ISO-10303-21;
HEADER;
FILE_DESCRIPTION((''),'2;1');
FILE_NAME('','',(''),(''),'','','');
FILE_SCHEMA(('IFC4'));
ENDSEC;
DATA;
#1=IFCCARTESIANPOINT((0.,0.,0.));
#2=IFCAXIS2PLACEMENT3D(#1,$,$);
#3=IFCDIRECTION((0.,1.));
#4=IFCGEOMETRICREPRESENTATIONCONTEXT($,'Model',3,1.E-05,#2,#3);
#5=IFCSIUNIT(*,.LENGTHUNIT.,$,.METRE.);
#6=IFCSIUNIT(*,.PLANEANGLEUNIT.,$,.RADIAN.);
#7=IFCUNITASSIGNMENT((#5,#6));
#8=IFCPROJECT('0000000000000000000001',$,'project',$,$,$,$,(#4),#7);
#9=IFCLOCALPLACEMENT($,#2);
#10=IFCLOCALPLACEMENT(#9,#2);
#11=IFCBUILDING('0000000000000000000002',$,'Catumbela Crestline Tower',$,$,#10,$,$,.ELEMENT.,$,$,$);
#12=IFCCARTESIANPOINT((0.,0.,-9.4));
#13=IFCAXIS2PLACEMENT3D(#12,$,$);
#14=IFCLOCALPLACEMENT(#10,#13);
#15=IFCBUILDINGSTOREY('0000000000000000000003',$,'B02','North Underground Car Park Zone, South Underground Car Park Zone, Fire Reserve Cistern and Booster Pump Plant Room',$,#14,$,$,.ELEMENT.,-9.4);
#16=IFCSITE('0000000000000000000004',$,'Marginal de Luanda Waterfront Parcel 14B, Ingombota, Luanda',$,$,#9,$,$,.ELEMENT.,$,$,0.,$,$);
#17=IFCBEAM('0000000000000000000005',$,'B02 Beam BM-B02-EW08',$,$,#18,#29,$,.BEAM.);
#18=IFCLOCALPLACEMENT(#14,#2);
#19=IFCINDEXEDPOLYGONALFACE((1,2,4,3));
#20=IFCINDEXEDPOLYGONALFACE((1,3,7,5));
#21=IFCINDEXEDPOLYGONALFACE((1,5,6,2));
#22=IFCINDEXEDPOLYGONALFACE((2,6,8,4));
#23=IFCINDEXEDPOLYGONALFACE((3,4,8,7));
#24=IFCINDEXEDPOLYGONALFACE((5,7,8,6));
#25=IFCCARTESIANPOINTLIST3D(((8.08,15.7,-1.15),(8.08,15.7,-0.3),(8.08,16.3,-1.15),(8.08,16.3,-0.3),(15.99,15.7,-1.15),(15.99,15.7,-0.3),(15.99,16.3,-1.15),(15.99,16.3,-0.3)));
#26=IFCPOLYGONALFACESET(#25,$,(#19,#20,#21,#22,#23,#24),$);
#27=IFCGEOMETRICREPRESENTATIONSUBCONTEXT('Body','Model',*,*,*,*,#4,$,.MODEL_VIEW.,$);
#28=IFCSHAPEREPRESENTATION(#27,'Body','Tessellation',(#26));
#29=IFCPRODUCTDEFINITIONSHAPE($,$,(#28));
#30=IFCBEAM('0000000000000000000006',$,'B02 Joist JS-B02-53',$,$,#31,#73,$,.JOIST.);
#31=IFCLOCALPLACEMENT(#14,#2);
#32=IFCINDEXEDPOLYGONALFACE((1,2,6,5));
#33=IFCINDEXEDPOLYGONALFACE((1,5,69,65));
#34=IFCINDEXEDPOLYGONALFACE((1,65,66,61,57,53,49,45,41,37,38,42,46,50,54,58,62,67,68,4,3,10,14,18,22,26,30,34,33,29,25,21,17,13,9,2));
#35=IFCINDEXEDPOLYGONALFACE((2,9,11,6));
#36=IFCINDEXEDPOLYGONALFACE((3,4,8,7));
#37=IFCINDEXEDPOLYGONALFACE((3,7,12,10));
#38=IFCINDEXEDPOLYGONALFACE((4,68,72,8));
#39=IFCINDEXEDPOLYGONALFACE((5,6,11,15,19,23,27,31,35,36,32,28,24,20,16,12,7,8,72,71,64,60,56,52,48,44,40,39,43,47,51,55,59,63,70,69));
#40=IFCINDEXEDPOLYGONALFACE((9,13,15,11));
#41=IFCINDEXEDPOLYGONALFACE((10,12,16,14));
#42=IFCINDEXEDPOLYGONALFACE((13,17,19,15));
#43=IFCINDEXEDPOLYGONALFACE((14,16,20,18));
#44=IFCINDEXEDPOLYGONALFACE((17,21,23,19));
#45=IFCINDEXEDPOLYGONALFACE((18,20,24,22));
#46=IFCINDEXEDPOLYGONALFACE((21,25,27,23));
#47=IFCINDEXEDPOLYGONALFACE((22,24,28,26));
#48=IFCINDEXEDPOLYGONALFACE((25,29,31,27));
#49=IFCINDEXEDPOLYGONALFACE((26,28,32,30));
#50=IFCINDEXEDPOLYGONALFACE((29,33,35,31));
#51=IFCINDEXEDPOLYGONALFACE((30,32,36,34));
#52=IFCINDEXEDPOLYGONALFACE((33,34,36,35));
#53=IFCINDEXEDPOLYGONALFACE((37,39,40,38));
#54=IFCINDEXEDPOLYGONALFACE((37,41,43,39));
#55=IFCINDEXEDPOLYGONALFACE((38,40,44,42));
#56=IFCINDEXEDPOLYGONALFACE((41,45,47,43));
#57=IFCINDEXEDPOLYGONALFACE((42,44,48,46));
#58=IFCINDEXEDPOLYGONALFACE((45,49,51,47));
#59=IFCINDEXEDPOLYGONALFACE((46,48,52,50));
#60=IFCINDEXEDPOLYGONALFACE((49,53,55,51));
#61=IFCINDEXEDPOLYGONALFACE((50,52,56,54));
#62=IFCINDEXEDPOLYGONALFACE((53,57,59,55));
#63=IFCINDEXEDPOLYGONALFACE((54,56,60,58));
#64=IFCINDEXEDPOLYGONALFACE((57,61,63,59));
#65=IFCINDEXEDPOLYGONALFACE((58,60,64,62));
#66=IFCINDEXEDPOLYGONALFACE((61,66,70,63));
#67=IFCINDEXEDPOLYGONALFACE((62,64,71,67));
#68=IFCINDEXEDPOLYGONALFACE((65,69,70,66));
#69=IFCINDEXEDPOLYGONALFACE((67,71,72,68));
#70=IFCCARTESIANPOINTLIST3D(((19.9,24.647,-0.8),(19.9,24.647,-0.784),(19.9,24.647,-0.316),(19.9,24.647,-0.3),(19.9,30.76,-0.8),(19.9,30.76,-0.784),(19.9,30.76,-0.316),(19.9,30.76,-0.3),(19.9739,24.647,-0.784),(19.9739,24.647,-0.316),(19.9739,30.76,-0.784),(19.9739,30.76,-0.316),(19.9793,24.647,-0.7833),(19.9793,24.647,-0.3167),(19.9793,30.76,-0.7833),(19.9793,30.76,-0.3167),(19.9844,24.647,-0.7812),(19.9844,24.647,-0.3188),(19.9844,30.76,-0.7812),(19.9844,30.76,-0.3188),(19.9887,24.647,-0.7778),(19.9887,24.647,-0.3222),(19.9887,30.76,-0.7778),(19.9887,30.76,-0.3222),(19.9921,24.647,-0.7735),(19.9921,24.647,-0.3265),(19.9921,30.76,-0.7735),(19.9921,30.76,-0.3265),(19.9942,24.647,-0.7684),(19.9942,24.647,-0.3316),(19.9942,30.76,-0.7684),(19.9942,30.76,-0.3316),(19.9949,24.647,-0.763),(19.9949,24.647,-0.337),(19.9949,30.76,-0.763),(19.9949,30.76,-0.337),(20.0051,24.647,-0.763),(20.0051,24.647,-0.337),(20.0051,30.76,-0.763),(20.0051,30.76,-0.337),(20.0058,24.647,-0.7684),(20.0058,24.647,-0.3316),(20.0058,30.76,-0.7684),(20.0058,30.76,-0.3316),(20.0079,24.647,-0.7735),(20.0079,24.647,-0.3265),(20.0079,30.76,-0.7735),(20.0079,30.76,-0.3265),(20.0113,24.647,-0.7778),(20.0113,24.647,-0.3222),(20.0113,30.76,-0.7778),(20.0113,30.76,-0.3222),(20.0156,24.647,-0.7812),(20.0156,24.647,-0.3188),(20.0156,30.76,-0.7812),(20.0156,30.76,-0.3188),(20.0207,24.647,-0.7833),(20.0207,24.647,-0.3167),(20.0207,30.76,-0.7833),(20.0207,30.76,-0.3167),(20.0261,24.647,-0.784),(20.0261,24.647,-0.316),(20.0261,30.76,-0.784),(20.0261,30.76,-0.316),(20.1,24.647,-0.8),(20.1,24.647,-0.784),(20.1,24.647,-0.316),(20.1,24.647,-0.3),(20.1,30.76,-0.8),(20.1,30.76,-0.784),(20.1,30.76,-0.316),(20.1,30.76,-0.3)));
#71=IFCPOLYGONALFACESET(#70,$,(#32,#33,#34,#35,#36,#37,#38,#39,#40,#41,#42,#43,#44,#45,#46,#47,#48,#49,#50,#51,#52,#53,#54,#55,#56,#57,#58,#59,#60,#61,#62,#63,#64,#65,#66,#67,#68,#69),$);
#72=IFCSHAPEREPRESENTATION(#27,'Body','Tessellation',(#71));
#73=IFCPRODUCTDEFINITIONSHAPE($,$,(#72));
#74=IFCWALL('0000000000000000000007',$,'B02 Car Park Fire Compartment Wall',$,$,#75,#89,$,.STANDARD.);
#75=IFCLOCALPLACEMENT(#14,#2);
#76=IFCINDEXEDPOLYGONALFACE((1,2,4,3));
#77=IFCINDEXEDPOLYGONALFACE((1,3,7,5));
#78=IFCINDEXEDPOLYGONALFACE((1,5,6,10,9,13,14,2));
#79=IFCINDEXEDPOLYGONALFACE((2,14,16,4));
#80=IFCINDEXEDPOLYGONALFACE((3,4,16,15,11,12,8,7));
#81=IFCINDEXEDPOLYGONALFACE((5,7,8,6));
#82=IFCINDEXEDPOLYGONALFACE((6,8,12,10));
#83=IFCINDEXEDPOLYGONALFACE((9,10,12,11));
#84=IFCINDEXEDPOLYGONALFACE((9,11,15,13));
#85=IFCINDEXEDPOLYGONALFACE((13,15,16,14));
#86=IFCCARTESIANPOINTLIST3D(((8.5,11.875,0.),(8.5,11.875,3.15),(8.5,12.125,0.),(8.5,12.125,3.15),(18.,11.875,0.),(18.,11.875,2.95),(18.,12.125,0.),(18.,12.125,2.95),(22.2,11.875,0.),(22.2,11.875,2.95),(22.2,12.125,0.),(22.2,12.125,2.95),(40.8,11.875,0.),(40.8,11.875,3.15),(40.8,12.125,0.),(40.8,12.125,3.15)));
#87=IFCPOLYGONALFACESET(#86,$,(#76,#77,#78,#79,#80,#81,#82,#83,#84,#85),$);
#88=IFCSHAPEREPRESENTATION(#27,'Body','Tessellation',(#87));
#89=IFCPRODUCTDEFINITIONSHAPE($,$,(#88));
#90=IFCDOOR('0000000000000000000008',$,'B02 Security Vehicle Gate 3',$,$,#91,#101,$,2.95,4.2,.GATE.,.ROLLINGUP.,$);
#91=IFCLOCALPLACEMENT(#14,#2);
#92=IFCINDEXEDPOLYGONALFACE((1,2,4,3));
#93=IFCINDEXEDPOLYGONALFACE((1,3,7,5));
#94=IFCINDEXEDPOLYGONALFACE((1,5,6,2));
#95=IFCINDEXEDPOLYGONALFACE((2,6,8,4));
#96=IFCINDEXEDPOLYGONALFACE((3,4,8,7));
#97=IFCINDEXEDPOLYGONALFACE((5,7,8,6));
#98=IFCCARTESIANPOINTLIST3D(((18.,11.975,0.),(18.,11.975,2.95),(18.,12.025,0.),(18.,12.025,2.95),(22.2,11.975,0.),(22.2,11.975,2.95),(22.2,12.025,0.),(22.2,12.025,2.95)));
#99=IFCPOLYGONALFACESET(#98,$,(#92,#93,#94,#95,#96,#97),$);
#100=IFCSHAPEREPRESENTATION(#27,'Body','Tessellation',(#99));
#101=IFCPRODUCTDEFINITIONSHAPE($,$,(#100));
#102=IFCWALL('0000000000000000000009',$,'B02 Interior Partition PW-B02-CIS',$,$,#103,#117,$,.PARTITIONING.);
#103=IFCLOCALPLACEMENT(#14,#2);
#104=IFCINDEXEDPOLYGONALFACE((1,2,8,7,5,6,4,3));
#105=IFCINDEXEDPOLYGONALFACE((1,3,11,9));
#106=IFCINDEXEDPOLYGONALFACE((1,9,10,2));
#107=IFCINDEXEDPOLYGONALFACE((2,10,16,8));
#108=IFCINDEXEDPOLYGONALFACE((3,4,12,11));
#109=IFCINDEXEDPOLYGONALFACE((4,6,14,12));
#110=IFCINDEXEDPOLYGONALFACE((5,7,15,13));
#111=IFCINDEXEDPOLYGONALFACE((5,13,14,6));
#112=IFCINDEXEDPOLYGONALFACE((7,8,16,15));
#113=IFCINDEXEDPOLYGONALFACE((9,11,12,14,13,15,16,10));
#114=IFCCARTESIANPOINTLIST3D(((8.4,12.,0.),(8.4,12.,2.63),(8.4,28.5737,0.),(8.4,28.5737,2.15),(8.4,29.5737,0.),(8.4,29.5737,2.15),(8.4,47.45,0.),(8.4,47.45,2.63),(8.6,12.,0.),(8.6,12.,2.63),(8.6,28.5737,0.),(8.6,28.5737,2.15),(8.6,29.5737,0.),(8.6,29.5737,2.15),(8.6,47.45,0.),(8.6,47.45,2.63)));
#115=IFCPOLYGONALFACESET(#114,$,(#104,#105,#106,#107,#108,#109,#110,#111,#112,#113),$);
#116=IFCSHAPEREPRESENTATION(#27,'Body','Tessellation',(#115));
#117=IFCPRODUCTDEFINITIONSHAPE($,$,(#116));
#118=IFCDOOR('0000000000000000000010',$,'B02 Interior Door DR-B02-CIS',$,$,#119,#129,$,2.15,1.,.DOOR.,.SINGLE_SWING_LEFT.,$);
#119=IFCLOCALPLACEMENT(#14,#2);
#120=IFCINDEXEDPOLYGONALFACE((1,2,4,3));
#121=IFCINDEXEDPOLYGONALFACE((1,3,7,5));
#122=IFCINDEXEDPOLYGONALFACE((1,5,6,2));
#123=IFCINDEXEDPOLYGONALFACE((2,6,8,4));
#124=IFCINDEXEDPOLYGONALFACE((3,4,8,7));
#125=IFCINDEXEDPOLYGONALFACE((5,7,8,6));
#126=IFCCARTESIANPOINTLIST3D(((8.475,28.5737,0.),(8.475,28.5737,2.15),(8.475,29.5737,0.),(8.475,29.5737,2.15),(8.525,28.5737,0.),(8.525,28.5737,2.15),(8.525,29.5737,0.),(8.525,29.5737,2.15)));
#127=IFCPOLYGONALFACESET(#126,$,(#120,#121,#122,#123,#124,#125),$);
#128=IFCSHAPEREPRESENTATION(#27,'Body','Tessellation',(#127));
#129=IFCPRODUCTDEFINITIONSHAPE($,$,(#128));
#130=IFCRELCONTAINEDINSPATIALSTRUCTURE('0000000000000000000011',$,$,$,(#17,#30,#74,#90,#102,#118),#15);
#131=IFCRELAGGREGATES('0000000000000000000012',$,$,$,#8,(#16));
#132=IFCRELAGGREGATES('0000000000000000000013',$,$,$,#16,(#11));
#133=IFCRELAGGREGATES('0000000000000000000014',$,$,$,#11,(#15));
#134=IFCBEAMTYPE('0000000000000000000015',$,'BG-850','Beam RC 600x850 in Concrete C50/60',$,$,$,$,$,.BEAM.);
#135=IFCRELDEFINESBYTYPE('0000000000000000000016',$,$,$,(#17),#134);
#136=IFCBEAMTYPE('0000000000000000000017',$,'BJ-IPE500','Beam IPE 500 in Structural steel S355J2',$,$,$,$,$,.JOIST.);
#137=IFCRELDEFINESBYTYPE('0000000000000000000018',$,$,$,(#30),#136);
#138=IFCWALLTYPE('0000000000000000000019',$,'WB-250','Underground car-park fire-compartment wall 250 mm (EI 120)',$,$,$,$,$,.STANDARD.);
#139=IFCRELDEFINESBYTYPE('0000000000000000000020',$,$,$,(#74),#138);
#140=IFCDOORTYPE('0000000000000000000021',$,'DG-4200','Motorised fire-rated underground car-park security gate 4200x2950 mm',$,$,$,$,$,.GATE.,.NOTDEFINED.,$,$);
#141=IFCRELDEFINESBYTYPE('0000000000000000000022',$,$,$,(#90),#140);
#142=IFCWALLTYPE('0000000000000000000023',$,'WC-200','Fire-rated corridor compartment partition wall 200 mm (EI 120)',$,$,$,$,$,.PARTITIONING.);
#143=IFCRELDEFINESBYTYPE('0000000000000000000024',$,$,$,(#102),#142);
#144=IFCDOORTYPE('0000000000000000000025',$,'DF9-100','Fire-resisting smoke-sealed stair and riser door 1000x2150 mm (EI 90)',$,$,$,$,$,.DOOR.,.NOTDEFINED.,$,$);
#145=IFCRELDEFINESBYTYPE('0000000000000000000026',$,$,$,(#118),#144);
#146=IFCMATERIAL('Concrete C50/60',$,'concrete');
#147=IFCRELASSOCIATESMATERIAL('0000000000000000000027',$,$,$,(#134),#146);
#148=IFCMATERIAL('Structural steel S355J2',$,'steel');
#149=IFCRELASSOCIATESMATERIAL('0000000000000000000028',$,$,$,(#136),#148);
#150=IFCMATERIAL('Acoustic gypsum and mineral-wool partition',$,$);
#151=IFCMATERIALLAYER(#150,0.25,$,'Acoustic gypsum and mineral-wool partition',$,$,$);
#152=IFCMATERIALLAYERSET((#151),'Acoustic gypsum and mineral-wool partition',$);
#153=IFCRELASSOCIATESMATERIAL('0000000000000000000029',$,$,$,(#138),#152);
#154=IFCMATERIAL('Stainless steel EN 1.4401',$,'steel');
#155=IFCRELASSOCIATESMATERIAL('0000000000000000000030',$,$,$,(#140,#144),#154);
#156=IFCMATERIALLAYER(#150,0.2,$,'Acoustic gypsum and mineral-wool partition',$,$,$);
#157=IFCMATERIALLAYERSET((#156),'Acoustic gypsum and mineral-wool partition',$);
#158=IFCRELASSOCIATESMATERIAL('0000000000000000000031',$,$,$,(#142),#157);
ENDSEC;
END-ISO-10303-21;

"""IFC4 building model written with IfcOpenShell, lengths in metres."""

from ifc_helpers import new_model, si_unit, direction, frame, frame_2d, origin, origin_2d, place, context, subcontext, project, spatial, rectangle, i_section, extrude, material, layer, layer_set, material_profile, profile_set, type_object, element, fill, save


model = new_model("IFC4")

# Units and contexts
model_context = context("Model", 3, precision=1e-05, world=origin(), true_north=direction((0.0, 1.0)))
body_context = subcontext(model_context, "Body", "Model", "MODEL_VIEW")
ifc_project = project(units=[si_unit("LENGTHUNIT", "METRE"), si_unit("PLANEANGLEUNIT", "RADIAN")], contexts=[model_context])

# Site, building, storey
site_placement = place(None, origin())
site = spatial("IfcSite", under=ifc_project, at=site_placement, Name="Marginal de Luanda Waterfront Parcel 14B, Ingombota, Luanda", CompositionType="ELEMENT", RefElevation=0.0)
building_placement = place(site_placement, origin())
building = spatial("IfcBuilding", under=site, at=building_placement, Name="Catumbela Crestline Tower", CompositionType="ELEMENT")
storey_placement = place(building_placement, frame((0.0, 0.0, -9.4)))
storey = spatial("IfcBuildingStorey", under=building, at=storey_placement, Name="B02", Description="North Underground Car Park Zone, South Underground Car Park Zone, Fire Reserve Cistern and Booster Pump Plant Room", CompositionType="ELEMENT", Elevation=-9.4)

# Shared definitions
ifc_material_1 = material(Name="Concrete C50/60", Category="concrete")

# Beams
ifc_material_2 = material(Name="Structural steel S355J2", Category="steel")
ifc_material_profile_1 = material_profile(ifc_material_1, rectangle(XDim=0.6, YDim=0.85, at=origin_2d()), Name="RC 600x850")
ifc_profile_set_1 = profile_set([ifc_material_profile_1], Name="Concrete C50/60")
beam_type_1 = type_object("IfcBeamType", Name="BG-850", Description="Beam RC 600x850 in Concrete C50/60", PredefinedType="BEAM", material=ifc_profile_set_1)
beam_1_placement = place(storey_placement, frame((8.08, 16.0, -0.725), z_axis=(1.0, 0.0, 0.0), x_axis=(0.0, 1.0, 0.0)))
element("IfcBeam", 1, at=beam_1_placement, inside=storey, type_object=beam_type_1, Name="B02 Beam BM-B02-EW08", PredefinedType="BEAM", context=body_context, shape_type="SweptSolid", body=[
    extrude(rectangle(XDim=0.6, YDim=0.85, at=origin_2d()), origin(), (0.0, 0.0, 1.0), 7.91),
])
ifc_material_profile_2 = material_profile(ifc_material_2, i_section(OverallWidth=0.2, OverallDepth=0.5, WebThickness=0.0102, FlangeThickness=0.016, FilletRadius=0.021, at=origin_2d()), Name="IPE 500")
ifc_profile_set_2 = profile_set([ifc_material_profile_2], Name="Structural steel S355J2")
beam_type_2 = type_object("IfcBeamType", Name="BJ-IPE500", Description="Beam IPE 500 in Structural steel S355J2", PredefinedType="JOIST", material=ifc_profile_set_2)
beam_2_placement = place(storey_placement, frame((20.0, 24.647, -0.55), z_axis=(0.0, 1.0, 0.0), x_axis=(-1.0, 0.0, 0.0)))
element("IfcBeam", 2, at=beam_2_placement, inside=storey, type_object=beam_type_2, Name="B02 Joist JS-B02-53", PredefinedType="JOIST", context=body_context, shape_type="SweptSolid", body=[
    extrude(i_section(OverallWidth=0.2, OverallDepth=0.5, WebThickness=0.0102, FlangeThickness=0.016, FilletRadius=0.021, at=origin_2d()), origin(), (0.0, 0.0, 1.0), 6.113),
])

# Walls, openings, doors
ifc_material_3 = material(Name="Acoustic gypsum and mineral-wool partition")
ifc_layer_1 = layer(ifc_material_3, 0.25, Name="Acoustic gypsum and mineral-wool partition")
ifc_layer_set_1 = layer_set([ifc_layer_1], Name="Acoustic gypsum and mineral-wool partition")
wall_type_1 = type_object("IfcWallType", Name="WB-250", Description="Underground car-park fire-compartment wall 250 mm (EI 120)", PredefinedType="STANDARD", material=ifc_layer_set_1)
wall_1_placement = place(storey_placement, frame((8.5, 12.0, 0.0), z_axis=(0.0, 0.0, 1.0), x_axis=(1.0, 0.0, 0.0)))
wall_1 = element("IfcWall", 3, at=wall_1_placement, inside=storey, type_object=wall_type_1, Name="B02 Car Park Fire Compartment Wall", PredefinedType="STANDARD", context=body_context, shape_type="SweptSolid", body=[
    extrude(rectangle(XDim=32.3, YDim=0.25, at=frame_2d((16.15, 0.0))), origin(), (0.0, 0.0, 1.0), 3.15),
])
opening_1_placement = place(wall_1_placement, frame((9.5, 0.0, 0.0)))
opening_1 = element("IfcOpeningElement", 4, at=opening_1_placement, cuts=wall_1, PredefinedType="OPENING", context=body_context, shape_type="SweptSolid", body=[
    extrude(rectangle(XDim=4.2, YDim=2.95, at=frame_2d((2.1, 1.475))), frame((0.0, 0.135, 0.0), z_axis=(0.0, -1.0, 0.0), x_axis=(1.0, 0.0, 0.0)), (0.0, 0.0, 1.0), 0.27),
])
ifc_material_4 = material(Name="Stainless steel EN 1.4401", Category="steel")
door_type_1 = type_object("IfcDoorType", Name="DG-4200", Description="Motorised fire-rated underground car-park security gate 4200x2950 mm", OperationType="NOTDEFINED", PredefinedType="GATE", material=ifc_material_4)
door_1_placement = place(opening_1_placement, origin())
door_1 = element("IfcDoor", 5, at=door_1_placement, inside=storey, type_object=door_type_1, Name="B02 Security Vehicle Gate 3", OperationType="ROLLINGUP", OverallHeight=2.95, OverallWidth=4.2, PredefinedType="GATE", context=body_context, shape_type="SweptSolid", body=[
    extrude(rectangle(XDim=4.2, YDim=2.95, at=frame_2d((2.1, 1.475))), frame((0.0, 0.025, 0.0), z_axis=(0.0, -1.0, 0.0), x_axis=(1.0, 0.0, 0.0)), (0.0, 0.0, 1.0), 0.05),
])
fill(opening_1, door_1)
ifc_layer_2 = layer(ifc_material_3, 0.2, Name="Acoustic gypsum and mineral-wool partition")
ifc_layer_set_2 = layer_set([ifc_layer_2], Name="Acoustic gypsum and mineral-wool partition")
wall_type_2 = type_object("IfcWallType", Name="WC-200", Description="Fire-rated corridor compartment partition wall 200 mm (EI 120)", PredefinedType="PARTITIONING", material=ifc_layer_set_2)
wall_2_placement = place(storey_placement, frame((8.5, 12.0, 0.0), z_axis=(0.0, 0.0, 1.0), x_axis=(0.0, 1.0, 0.0)))
wall_2 = element("IfcWall", 6, at=wall_2_placement, inside=storey, type_object=wall_type_2, Name="B02 Interior Partition PW-B02-CIS", PredefinedType="PARTITIONING", context=body_context, shape_type="SweptSolid", body=[
    extrude(rectangle(XDim=35.45, YDim=0.2, at=frame_2d((17.725, 0.0))), origin(), (0.0, 0.0, 1.0), 2.63),
])
opening_2_placement = place(wall_2_placement, frame((16.5737, 0.0, 0.0)))
opening_2 = element("IfcOpeningElement", 7, at=opening_2_placement, cuts=wall_2, PredefinedType="OPENING", context=body_context, shape_type="SweptSolid", body=[
    extrude(rectangle(XDim=1.0, YDim=2.15, at=frame_2d((0.5, 1.075))), frame((0.0, 0.11, 0.0), z_axis=(0.0, -1.0, 0.0), x_axis=(1.0, 0.0, 0.0)), (0.0, 0.0, 1.0), 0.22),
])
door_type_2 = type_object("IfcDoorType", Name="DF9-100", Description="Fire-resisting smoke-sealed stair and riser door 1000x2150 mm (EI 90)", OperationType="NOTDEFINED", PredefinedType="DOOR", material=ifc_material_4)
door_2_placement = place(opening_2_placement, origin())
door_2 = element("IfcDoor", 8, at=door_2_placement, inside=storey, type_object=door_type_2, Name="B02 Interior Door DR-B02-CIS", OperationType="SINGLE_SWING_LEFT", OverallHeight=2.15, OverallWidth=1.0, PredefinedType="DOOR", context=body_context, shape_type="SweptSolid", body=[
    extrude(rectangle(XDim=1.0, YDim=2.15, at=frame_2d((0.5, 1.075))), frame((0.0, 0.025, 0.0), z_axis=(0.0, -1.0, 0.0), x_axis=(1.0, 0.0, 0.0)), (0.0, 0.0, 1.0), 0.05),
])
fill(opening_2, door_2)

save(model, "model.ifc")
